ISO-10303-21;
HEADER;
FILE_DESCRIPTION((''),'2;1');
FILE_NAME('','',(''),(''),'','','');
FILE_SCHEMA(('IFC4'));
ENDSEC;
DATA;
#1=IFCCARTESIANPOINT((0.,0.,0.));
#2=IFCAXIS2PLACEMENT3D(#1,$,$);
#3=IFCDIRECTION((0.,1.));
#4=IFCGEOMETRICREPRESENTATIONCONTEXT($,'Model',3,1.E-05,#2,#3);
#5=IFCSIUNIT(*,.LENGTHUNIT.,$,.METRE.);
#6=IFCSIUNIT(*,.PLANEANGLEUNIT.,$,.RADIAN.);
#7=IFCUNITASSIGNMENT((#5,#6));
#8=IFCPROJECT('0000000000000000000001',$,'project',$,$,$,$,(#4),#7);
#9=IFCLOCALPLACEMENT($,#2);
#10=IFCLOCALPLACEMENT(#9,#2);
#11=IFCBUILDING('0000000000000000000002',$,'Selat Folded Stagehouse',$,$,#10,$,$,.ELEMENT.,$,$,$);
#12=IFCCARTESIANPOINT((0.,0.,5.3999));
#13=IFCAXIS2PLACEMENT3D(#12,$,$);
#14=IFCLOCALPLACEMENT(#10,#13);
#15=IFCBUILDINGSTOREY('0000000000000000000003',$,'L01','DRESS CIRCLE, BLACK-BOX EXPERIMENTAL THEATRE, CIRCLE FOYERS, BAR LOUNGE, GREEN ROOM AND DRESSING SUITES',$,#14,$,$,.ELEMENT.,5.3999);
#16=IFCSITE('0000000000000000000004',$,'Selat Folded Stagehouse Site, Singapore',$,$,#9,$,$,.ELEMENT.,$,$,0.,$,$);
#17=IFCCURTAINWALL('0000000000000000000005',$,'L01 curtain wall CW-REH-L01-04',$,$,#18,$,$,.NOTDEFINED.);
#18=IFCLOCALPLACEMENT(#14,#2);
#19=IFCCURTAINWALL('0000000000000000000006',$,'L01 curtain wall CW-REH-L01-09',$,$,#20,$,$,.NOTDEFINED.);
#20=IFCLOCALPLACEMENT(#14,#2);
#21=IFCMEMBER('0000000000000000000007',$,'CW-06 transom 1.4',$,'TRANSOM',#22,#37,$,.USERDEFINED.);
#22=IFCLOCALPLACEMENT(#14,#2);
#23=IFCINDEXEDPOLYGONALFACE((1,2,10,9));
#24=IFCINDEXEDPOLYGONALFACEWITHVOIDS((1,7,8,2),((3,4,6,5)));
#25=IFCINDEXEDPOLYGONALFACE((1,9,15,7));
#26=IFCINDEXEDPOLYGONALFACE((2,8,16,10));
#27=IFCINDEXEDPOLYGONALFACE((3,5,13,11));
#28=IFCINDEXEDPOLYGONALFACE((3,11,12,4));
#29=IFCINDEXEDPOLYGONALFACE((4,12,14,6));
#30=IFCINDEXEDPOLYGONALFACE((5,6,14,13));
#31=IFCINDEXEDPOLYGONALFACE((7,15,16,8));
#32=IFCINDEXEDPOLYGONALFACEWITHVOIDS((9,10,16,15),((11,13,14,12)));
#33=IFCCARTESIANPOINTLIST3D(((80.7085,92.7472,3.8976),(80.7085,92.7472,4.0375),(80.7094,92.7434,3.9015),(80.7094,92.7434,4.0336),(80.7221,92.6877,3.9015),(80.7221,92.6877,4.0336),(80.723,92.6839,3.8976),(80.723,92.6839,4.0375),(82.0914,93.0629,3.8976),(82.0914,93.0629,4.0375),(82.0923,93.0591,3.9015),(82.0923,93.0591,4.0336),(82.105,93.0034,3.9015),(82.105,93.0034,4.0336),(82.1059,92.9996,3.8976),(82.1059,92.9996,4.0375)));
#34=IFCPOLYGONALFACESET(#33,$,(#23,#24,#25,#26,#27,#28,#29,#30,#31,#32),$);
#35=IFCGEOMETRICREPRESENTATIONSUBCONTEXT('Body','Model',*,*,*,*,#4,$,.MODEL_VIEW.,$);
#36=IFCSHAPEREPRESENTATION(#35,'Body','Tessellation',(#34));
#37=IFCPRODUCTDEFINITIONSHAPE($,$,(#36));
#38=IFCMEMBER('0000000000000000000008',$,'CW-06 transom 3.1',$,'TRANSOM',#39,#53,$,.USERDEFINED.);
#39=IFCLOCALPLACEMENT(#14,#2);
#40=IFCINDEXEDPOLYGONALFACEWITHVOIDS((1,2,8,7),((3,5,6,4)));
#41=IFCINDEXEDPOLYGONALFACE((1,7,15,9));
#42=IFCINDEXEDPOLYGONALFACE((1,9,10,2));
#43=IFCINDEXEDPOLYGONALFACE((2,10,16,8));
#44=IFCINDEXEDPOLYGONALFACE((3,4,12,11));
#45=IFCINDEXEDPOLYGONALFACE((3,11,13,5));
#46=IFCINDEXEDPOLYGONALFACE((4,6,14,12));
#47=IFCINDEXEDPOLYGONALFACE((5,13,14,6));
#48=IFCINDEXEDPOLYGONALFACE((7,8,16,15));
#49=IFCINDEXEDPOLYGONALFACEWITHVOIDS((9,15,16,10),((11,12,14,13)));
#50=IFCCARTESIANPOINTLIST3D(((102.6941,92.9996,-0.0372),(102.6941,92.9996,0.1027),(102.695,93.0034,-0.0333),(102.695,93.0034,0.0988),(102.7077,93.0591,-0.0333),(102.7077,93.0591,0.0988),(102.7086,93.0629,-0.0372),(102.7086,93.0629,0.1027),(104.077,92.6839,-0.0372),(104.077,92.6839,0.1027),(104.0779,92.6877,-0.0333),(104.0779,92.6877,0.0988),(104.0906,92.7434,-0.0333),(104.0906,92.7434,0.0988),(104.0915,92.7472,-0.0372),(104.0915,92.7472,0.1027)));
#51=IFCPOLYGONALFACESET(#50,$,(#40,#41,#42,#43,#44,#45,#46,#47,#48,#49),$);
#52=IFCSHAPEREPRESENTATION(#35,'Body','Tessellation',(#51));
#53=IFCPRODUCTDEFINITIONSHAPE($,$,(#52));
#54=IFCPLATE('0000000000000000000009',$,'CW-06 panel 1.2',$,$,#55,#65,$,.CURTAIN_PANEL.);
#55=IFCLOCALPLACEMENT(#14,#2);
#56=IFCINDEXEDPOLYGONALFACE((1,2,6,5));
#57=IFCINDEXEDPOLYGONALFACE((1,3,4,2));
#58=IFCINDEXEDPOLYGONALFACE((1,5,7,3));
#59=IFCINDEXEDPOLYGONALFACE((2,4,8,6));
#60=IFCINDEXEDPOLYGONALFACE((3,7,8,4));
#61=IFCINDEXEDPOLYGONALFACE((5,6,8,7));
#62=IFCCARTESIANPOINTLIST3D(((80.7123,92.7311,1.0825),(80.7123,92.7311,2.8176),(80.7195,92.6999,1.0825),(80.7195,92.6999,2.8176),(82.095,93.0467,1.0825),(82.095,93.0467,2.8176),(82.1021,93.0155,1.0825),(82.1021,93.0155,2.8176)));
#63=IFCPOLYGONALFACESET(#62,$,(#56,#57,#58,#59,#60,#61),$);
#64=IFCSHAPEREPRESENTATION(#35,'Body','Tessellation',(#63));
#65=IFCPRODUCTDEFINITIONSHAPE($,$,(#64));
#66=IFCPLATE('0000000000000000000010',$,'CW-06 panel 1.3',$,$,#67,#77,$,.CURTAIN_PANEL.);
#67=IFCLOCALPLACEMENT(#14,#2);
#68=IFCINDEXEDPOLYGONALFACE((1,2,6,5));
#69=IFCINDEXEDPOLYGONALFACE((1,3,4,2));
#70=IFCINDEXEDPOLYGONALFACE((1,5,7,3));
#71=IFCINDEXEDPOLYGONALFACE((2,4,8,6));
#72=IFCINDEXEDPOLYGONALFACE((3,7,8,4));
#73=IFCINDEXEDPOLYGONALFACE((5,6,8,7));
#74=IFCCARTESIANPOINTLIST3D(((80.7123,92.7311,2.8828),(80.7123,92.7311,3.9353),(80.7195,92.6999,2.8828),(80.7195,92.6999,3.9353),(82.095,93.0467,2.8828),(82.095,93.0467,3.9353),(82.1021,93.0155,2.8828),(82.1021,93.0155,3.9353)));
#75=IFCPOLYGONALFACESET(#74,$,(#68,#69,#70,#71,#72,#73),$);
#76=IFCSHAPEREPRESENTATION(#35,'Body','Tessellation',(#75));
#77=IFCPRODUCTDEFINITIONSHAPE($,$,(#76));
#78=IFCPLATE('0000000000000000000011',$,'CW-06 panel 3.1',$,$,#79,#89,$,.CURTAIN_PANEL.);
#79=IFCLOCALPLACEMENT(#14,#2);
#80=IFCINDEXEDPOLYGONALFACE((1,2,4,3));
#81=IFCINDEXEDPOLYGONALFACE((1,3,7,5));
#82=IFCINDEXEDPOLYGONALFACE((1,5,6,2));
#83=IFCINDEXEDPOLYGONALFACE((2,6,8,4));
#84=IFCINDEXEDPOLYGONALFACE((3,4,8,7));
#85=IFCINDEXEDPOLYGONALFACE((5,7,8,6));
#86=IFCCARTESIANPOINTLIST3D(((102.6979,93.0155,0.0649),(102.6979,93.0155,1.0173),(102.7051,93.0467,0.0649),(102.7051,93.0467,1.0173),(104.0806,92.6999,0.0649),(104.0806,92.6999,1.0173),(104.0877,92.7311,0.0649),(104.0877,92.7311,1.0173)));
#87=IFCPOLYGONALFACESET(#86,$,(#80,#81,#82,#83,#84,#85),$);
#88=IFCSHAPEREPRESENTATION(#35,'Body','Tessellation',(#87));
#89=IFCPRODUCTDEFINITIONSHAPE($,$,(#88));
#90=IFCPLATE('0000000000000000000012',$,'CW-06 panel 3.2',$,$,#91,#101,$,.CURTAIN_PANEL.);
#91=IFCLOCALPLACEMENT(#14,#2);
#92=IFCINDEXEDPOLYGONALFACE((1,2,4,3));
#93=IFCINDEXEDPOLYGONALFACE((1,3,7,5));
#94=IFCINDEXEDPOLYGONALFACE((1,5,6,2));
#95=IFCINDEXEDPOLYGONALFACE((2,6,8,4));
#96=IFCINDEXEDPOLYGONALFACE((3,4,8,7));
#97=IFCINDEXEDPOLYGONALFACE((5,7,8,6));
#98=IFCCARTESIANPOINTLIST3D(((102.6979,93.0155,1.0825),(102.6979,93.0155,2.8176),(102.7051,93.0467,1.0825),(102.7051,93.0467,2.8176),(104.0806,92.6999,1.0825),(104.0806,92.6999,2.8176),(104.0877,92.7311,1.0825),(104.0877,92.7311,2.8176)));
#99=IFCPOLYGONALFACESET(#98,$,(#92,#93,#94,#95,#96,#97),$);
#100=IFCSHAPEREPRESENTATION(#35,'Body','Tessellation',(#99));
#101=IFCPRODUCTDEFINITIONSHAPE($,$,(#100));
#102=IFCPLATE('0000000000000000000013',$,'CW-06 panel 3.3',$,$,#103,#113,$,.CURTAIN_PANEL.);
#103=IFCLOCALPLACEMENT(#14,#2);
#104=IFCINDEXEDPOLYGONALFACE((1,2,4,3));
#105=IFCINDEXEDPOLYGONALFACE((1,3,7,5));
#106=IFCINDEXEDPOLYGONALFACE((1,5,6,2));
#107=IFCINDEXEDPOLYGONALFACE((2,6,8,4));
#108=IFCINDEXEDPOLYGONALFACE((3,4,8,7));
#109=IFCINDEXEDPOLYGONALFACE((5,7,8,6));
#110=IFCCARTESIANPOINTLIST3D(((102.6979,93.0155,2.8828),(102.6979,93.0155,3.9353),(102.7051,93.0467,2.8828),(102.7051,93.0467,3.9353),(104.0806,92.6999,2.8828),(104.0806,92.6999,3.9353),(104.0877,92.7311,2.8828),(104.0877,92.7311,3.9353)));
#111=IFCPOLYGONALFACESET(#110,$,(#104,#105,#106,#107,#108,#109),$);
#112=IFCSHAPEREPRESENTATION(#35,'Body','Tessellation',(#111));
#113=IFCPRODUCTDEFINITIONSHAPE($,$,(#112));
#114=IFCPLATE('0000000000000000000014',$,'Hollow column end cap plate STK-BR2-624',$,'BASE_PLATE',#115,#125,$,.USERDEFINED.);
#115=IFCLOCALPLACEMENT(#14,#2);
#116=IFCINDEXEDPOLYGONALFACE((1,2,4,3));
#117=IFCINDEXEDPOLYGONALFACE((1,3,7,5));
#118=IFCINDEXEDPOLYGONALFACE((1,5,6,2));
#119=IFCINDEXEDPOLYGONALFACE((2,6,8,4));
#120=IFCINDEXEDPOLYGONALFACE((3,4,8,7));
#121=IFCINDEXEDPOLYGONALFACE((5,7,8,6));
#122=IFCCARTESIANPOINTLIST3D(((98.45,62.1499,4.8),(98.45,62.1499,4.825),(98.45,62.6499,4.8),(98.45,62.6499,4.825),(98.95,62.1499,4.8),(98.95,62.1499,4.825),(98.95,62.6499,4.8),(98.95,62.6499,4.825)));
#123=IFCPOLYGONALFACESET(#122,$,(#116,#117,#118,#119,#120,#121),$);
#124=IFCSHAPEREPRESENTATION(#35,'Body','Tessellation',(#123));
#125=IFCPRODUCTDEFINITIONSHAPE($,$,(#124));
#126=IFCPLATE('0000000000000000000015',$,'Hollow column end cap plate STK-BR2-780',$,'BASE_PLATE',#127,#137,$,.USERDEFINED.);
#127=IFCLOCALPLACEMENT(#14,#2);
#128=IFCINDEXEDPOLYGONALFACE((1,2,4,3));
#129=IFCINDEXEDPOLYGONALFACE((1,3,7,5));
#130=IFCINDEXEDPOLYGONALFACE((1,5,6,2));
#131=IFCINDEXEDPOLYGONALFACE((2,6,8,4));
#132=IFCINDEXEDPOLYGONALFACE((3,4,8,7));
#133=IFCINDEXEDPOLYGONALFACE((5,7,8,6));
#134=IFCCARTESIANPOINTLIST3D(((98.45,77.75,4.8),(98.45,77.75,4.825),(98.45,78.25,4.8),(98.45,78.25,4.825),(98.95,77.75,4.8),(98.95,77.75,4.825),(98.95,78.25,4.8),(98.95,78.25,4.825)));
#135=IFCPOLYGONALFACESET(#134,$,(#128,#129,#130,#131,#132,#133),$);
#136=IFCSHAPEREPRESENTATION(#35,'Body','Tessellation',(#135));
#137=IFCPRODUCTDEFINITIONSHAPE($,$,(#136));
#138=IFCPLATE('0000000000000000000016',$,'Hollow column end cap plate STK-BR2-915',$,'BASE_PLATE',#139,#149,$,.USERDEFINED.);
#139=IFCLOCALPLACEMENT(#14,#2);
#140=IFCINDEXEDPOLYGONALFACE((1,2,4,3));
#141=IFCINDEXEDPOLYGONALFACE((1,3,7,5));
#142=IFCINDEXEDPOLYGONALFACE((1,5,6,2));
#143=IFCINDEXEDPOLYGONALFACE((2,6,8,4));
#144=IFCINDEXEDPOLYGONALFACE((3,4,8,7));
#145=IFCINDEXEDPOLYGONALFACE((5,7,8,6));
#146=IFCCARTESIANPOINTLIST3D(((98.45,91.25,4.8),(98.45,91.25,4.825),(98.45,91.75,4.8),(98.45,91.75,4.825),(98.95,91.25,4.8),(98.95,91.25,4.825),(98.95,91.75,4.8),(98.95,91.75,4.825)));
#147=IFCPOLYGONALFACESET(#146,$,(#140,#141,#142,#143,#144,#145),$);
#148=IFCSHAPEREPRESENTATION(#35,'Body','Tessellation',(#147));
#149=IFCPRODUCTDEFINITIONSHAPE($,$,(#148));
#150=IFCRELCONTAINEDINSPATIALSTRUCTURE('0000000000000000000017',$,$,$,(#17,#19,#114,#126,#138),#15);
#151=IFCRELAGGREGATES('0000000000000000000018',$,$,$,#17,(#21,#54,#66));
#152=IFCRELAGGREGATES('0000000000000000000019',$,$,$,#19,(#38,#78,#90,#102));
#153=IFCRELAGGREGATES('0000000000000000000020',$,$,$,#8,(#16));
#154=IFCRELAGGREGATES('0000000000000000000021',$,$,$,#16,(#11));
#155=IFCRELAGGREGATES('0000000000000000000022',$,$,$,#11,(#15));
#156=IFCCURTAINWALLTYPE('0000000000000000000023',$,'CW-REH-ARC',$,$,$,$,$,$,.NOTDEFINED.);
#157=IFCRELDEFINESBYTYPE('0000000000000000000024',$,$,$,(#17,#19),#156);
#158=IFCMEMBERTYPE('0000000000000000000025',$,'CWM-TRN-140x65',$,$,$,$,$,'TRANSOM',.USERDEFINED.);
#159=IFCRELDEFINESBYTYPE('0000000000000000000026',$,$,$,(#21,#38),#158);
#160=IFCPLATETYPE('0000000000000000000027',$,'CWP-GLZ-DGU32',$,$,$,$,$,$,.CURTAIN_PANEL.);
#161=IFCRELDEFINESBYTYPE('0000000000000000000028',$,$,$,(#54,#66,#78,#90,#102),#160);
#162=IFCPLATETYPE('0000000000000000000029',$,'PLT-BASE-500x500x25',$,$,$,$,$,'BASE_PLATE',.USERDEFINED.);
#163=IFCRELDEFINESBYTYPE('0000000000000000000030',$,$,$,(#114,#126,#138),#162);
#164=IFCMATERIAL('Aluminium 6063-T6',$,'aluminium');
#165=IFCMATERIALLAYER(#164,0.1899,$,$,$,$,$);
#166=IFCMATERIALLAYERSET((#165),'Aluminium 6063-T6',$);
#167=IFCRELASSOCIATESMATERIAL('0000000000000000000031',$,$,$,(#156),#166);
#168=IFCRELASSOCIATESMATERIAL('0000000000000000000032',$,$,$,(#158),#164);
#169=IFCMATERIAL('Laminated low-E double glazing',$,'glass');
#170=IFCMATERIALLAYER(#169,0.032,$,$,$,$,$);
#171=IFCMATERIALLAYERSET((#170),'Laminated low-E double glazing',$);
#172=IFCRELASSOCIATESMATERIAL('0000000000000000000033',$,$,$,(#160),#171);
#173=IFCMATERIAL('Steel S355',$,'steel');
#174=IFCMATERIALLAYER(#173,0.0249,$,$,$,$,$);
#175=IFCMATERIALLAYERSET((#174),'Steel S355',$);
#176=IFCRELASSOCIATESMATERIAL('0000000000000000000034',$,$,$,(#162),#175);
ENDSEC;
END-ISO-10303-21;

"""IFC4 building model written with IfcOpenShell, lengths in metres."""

from ifc_helpers import new_model, si_unit, direction, frame, origin, origin_2d, place, context, subcontext, project, spatial, rectangle, hollow_rectangle, extrude, material, layer, layer_set, material_profile, profile_set, type_object, element, aggregate, save


model = new_model("IFC4")

# Units and contexts
model_context = context("Model", 3, precision=1e-05, world=origin(), true_north=direction((0.0, 1.0)))
body_context = subcontext(model_context, "Body", "Model", "MODEL_VIEW")
ifc_project = project(units=[si_unit("LENGTHUNIT", "METRE"), si_unit("PLANEANGLEUNIT", "RADIAN")], contexts=[model_context])

# Site, building, storey
site_placement = place(None, origin())
site = spatial("IfcSite", under=ifc_project, at=site_placement, Name="Selat Folded Stagehouse Site, Singapore", CompositionType="ELEMENT", RefElevation=0.0)
building_placement = place(site_placement, origin())
building = spatial("IfcBuilding", under=site, at=building_placement, Name="Selat Folded Stagehouse", CompositionType="ELEMENT")
storey_placement = place(building_placement, frame((0.0, 0.0, 5.3999)))
storey = spatial("IfcBuildingStorey", under=building, at=storey_placement, Name="L01", Description="DRESS CIRCLE, BLACK-BOX EXPERIMENTAL THEATRE, CIRCLE FOYERS, BAR LOUNGE, GREEN ROOM AND DRESSING SUITES", CompositionType="ELEMENT", Elevation=5.3999)

# Shared definitions
ifc_material_1 = material(Name="Steel S355", Category="steel")

# Curtain walls
ifc_material_2 = material(Name="Aluminium 6063-T6", Category="aluminium")
ifc_layer_1 = layer(ifc_material_2, 0.1899)
ifc_layer_set_1 = layer_set([ifc_layer_1], Name="Aluminium 6063-T6")
curtain_wall_type = type_object("IfcCurtainWallType", Name="CW-REH-ARC", PredefinedType="NOTDEFINED", material=ifc_layer_set_1)
curtain_wall_1_placement = place(storey_placement, origin())
curtain_wall_1 = element("IfcCurtainWall", 1, at=curtain_wall_1_placement, inside=storey, type_object=curtain_wall_type, Name="L01 curtain wall CW-REH-L01-04", PredefinedType="NOTDEFINED")
curtain_wall_2_placement = place(storey_placement, origin())
curtain_wall_2 = element("IfcCurtainWall", 2, at=curtain_wall_2_placement, inside=storey, type_object=curtain_wall_type, Name="L01 curtain wall CW-REH-L01-09", PredefinedType="NOTDEFINED")

# Members
ifc_material_profile_1 = material_profile(ifc_material_2, hollow_rectangle(XDim=0.0649, YDim=0.1399, WallThickness=0.0039, at=origin_2d()), Name="ALU 140x65x4.0")
ifc_profile_set_1 = profile_set([ifc_material_profile_1], Name="Aluminium 6063-T6")
member_type_1 = type_object("IfcMemberType", Name="CWM-TRN-140x65", ElementType="TRANSOM", PredefinedType="USERDEFINED", material=ifc_profile_set_1)
member_1_placement = place(storey_placement, frame((82.0986, 93.0312, 3.9675), z_axis=(-0.974919, -0.222558, 0.0), x_axis=(0.222558, -0.974919, 0.0)))
member_1 = element("IfcMember", 3, at=member_1_placement, type_object=member_type_1, Name="CW-06 transom 1.4", ObjectType="TRANSOM", PredefinedType="USERDEFINED", context=body_context, shape_type="SweptSolid", body=[
    extrude(hollow_rectangle(XDim=0.0649, YDim=0.1399, WallThickness=0.0039, at=origin_2d()), origin(), (0.0, 0.0, 1.0), 1.4185),
])
member_2_placement = place(storey_placement, frame((104.0842, 92.7156, 0.0327), z_axis=(-0.974919, 0.222558, 0.0), x_axis=(-0.222558, -0.974919, 0.0)))
member_2 = element("IfcMember", 4, at=member_2_placement, type_object=member_type_1, Name="CW-06 transom 3.1", ObjectType="TRANSOM", PredefinedType="USERDEFINED", context=body_context, shape_type="SweptSolid", body=[
    extrude(hollow_rectangle(XDim=0.0649, YDim=0.1399, WallThickness=0.0039, at=origin_2d()), origin(), (0.0, 0.0, 1.0), 1.4185),
])

# Plates
ifc_material_3 = material(Name="Laminated low-E double glazing", Category="glass")
ifc_layer_2 = layer(ifc_material_3, 0.032)
ifc_layer_set_2 = layer_set([ifc_layer_2], Name="Laminated low-E double glazing")
plate_type_1 = type_object("IfcPlateType", Name="CWP-GLZ-DGU32", PredefinedType="CURTAIN_PANEL", material=ifc_layer_set_2)
plate_1_placement = place(storey_placement, frame((81.4072, 92.8733, 1.0825), z_axis=(0.0, 0.0, 1.0), x_axis=(-0.974923, -0.222543, 0.0)))
plate_1 = element("IfcPlate", 5, at=plate_1_placement, type_object=plate_type_1, Name="CW-06 panel 1.2", PredefinedType="CURTAIN_PANEL", context=body_context, shape_type="SweptSolid", body=[
    extrude(rectangle(XDim=1.4182, YDim=0.032, at=origin_2d()), origin(), (0.0, 0.0, 1.0), 1.7351),
])
plate_2_placement = place(storey_placement, frame((81.4072, 92.8733, 2.8828), z_axis=(0.0, 0.0, 1.0), x_axis=(-0.974923, -0.222543, 0.0)))
plate_2 = element("IfcPlate", 6, at=plate_2_placement, type_object=plate_type_1, Name="CW-06 panel 1.3", PredefinedType="CURTAIN_PANEL", context=body_context, shape_type="SweptSolid", body=[
    extrude(rectangle(XDim=1.4182, YDim=0.032, at=origin_2d()), origin(), (0.0, 0.0, 1.0), 1.0525),
])
aggregate(curtain_wall_1, [member_1, plate_1, plate_2])
plate_3_placement = place(storey_placement, frame((103.3928, 92.8733, 0.0649), z_axis=(0.0, 0.0, 1.0), x_axis=(-0.974923, 0.222543, 0.0)))
plate_3 = element("IfcPlate", 7, at=plate_3_placement, type_object=plate_type_1, Name="CW-06 panel 3.1", PredefinedType="CURTAIN_PANEL", context=body_context, shape_type="SweptSolid", body=[
    extrude(rectangle(XDim=1.4182, YDim=0.032, at=origin_2d()), origin(), (0.0, 0.0, 1.0), 0.9524),
])
plate_4_placement = place(storey_placement, frame((103.3928, 92.8733, 1.0825), z_axis=(0.0, 0.0, 1.0), x_axis=(-0.974923, 0.222543, 0.0)))
plate_4 = element("IfcPlate", 8, at=plate_4_placement, type_object=plate_type_1, Name="CW-06 panel 3.2", PredefinedType="CURTAIN_PANEL", context=body_context, shape_type="SweptSolid", body=[
    extrude(rectangle(XDim=1.4182, YDim=0.032, at=origin_2d()), origin(), (0.0, 0.0, 1.0), 1.7351),
])
plate_5_placement = place(storey_placement, frame((103.3928, 92.8733, 2.8828), z_axis=(0.0, 0.0, 1.0), x_axis=(-0.974923, 0.222543, 0.0)))
plate_5 = element("IfcPlate", 9, at=plate_5_placement, type_object=plate_type_1, Name="CW-06 panel 3.3", PredefinedType="CURTAIN_PANEL", context=body_context, shape_type="SweptSolid", body=[
    extrude(rectangle(XDim=1.4182, YDim=0.032, at=origin_2d()), origin(), (0.0, 0.0, 1.0), 1.0525),
])
aggregate(curtain_wall_2, [member_2, plate_3, plate_4, plate_5])

# Plates
ifc_layer_3 = layer(ifc_material_1, 0.0249)
ifc_layer_set_3 = layer_set([ifc_layer_3], Name="Steel S355")
plate_type_2 = type_object("IfcPlateType", Name="PLT-BASE-500x500x25", ElementType="BASE_PLATE", PredefinedType="USERDEFINED", material=ifc_layer_set_3)
for number, where, z_axis, x_axis, name in (
    (10, (98.7, 62.3999, 4.8), (0.0, 0.0, 1.0), (1.0, 0.0, 0.0), "Hollow column end cap plate STK-BR2-624"),
    (11, (98.7, 78.0, 4.8), (0.0, 0.0, 1.0), (1.0, 0.0, 0.0), "Hollow column end cap plate STK-BR2-780"),
    (12, (98.7, 91.5, 4.8), (0.0, 0.0, 1.0), (1.0, 0.0, 0.0), "Hollow column end cap plate STK-BR2-915"),
):
    element("IfcPlate", number, at=place(storey_placement, frame(where, z_axis=z_axis, x_axis=x_axis)), inside=storey, type_object=plate_type_2, Name=name, ObjectType="BASE_PLATE", PredefinedType="USERDEFINED", context=body_context, shape_type="SweptSolid", body=[
        extrude(rectangle(XDim=0.5, YDim=0.5, at=origin_2d()), origin(), (0.0, 0.0, 1.0), 0.0249),
    ])

save(model, "model.ifc")
